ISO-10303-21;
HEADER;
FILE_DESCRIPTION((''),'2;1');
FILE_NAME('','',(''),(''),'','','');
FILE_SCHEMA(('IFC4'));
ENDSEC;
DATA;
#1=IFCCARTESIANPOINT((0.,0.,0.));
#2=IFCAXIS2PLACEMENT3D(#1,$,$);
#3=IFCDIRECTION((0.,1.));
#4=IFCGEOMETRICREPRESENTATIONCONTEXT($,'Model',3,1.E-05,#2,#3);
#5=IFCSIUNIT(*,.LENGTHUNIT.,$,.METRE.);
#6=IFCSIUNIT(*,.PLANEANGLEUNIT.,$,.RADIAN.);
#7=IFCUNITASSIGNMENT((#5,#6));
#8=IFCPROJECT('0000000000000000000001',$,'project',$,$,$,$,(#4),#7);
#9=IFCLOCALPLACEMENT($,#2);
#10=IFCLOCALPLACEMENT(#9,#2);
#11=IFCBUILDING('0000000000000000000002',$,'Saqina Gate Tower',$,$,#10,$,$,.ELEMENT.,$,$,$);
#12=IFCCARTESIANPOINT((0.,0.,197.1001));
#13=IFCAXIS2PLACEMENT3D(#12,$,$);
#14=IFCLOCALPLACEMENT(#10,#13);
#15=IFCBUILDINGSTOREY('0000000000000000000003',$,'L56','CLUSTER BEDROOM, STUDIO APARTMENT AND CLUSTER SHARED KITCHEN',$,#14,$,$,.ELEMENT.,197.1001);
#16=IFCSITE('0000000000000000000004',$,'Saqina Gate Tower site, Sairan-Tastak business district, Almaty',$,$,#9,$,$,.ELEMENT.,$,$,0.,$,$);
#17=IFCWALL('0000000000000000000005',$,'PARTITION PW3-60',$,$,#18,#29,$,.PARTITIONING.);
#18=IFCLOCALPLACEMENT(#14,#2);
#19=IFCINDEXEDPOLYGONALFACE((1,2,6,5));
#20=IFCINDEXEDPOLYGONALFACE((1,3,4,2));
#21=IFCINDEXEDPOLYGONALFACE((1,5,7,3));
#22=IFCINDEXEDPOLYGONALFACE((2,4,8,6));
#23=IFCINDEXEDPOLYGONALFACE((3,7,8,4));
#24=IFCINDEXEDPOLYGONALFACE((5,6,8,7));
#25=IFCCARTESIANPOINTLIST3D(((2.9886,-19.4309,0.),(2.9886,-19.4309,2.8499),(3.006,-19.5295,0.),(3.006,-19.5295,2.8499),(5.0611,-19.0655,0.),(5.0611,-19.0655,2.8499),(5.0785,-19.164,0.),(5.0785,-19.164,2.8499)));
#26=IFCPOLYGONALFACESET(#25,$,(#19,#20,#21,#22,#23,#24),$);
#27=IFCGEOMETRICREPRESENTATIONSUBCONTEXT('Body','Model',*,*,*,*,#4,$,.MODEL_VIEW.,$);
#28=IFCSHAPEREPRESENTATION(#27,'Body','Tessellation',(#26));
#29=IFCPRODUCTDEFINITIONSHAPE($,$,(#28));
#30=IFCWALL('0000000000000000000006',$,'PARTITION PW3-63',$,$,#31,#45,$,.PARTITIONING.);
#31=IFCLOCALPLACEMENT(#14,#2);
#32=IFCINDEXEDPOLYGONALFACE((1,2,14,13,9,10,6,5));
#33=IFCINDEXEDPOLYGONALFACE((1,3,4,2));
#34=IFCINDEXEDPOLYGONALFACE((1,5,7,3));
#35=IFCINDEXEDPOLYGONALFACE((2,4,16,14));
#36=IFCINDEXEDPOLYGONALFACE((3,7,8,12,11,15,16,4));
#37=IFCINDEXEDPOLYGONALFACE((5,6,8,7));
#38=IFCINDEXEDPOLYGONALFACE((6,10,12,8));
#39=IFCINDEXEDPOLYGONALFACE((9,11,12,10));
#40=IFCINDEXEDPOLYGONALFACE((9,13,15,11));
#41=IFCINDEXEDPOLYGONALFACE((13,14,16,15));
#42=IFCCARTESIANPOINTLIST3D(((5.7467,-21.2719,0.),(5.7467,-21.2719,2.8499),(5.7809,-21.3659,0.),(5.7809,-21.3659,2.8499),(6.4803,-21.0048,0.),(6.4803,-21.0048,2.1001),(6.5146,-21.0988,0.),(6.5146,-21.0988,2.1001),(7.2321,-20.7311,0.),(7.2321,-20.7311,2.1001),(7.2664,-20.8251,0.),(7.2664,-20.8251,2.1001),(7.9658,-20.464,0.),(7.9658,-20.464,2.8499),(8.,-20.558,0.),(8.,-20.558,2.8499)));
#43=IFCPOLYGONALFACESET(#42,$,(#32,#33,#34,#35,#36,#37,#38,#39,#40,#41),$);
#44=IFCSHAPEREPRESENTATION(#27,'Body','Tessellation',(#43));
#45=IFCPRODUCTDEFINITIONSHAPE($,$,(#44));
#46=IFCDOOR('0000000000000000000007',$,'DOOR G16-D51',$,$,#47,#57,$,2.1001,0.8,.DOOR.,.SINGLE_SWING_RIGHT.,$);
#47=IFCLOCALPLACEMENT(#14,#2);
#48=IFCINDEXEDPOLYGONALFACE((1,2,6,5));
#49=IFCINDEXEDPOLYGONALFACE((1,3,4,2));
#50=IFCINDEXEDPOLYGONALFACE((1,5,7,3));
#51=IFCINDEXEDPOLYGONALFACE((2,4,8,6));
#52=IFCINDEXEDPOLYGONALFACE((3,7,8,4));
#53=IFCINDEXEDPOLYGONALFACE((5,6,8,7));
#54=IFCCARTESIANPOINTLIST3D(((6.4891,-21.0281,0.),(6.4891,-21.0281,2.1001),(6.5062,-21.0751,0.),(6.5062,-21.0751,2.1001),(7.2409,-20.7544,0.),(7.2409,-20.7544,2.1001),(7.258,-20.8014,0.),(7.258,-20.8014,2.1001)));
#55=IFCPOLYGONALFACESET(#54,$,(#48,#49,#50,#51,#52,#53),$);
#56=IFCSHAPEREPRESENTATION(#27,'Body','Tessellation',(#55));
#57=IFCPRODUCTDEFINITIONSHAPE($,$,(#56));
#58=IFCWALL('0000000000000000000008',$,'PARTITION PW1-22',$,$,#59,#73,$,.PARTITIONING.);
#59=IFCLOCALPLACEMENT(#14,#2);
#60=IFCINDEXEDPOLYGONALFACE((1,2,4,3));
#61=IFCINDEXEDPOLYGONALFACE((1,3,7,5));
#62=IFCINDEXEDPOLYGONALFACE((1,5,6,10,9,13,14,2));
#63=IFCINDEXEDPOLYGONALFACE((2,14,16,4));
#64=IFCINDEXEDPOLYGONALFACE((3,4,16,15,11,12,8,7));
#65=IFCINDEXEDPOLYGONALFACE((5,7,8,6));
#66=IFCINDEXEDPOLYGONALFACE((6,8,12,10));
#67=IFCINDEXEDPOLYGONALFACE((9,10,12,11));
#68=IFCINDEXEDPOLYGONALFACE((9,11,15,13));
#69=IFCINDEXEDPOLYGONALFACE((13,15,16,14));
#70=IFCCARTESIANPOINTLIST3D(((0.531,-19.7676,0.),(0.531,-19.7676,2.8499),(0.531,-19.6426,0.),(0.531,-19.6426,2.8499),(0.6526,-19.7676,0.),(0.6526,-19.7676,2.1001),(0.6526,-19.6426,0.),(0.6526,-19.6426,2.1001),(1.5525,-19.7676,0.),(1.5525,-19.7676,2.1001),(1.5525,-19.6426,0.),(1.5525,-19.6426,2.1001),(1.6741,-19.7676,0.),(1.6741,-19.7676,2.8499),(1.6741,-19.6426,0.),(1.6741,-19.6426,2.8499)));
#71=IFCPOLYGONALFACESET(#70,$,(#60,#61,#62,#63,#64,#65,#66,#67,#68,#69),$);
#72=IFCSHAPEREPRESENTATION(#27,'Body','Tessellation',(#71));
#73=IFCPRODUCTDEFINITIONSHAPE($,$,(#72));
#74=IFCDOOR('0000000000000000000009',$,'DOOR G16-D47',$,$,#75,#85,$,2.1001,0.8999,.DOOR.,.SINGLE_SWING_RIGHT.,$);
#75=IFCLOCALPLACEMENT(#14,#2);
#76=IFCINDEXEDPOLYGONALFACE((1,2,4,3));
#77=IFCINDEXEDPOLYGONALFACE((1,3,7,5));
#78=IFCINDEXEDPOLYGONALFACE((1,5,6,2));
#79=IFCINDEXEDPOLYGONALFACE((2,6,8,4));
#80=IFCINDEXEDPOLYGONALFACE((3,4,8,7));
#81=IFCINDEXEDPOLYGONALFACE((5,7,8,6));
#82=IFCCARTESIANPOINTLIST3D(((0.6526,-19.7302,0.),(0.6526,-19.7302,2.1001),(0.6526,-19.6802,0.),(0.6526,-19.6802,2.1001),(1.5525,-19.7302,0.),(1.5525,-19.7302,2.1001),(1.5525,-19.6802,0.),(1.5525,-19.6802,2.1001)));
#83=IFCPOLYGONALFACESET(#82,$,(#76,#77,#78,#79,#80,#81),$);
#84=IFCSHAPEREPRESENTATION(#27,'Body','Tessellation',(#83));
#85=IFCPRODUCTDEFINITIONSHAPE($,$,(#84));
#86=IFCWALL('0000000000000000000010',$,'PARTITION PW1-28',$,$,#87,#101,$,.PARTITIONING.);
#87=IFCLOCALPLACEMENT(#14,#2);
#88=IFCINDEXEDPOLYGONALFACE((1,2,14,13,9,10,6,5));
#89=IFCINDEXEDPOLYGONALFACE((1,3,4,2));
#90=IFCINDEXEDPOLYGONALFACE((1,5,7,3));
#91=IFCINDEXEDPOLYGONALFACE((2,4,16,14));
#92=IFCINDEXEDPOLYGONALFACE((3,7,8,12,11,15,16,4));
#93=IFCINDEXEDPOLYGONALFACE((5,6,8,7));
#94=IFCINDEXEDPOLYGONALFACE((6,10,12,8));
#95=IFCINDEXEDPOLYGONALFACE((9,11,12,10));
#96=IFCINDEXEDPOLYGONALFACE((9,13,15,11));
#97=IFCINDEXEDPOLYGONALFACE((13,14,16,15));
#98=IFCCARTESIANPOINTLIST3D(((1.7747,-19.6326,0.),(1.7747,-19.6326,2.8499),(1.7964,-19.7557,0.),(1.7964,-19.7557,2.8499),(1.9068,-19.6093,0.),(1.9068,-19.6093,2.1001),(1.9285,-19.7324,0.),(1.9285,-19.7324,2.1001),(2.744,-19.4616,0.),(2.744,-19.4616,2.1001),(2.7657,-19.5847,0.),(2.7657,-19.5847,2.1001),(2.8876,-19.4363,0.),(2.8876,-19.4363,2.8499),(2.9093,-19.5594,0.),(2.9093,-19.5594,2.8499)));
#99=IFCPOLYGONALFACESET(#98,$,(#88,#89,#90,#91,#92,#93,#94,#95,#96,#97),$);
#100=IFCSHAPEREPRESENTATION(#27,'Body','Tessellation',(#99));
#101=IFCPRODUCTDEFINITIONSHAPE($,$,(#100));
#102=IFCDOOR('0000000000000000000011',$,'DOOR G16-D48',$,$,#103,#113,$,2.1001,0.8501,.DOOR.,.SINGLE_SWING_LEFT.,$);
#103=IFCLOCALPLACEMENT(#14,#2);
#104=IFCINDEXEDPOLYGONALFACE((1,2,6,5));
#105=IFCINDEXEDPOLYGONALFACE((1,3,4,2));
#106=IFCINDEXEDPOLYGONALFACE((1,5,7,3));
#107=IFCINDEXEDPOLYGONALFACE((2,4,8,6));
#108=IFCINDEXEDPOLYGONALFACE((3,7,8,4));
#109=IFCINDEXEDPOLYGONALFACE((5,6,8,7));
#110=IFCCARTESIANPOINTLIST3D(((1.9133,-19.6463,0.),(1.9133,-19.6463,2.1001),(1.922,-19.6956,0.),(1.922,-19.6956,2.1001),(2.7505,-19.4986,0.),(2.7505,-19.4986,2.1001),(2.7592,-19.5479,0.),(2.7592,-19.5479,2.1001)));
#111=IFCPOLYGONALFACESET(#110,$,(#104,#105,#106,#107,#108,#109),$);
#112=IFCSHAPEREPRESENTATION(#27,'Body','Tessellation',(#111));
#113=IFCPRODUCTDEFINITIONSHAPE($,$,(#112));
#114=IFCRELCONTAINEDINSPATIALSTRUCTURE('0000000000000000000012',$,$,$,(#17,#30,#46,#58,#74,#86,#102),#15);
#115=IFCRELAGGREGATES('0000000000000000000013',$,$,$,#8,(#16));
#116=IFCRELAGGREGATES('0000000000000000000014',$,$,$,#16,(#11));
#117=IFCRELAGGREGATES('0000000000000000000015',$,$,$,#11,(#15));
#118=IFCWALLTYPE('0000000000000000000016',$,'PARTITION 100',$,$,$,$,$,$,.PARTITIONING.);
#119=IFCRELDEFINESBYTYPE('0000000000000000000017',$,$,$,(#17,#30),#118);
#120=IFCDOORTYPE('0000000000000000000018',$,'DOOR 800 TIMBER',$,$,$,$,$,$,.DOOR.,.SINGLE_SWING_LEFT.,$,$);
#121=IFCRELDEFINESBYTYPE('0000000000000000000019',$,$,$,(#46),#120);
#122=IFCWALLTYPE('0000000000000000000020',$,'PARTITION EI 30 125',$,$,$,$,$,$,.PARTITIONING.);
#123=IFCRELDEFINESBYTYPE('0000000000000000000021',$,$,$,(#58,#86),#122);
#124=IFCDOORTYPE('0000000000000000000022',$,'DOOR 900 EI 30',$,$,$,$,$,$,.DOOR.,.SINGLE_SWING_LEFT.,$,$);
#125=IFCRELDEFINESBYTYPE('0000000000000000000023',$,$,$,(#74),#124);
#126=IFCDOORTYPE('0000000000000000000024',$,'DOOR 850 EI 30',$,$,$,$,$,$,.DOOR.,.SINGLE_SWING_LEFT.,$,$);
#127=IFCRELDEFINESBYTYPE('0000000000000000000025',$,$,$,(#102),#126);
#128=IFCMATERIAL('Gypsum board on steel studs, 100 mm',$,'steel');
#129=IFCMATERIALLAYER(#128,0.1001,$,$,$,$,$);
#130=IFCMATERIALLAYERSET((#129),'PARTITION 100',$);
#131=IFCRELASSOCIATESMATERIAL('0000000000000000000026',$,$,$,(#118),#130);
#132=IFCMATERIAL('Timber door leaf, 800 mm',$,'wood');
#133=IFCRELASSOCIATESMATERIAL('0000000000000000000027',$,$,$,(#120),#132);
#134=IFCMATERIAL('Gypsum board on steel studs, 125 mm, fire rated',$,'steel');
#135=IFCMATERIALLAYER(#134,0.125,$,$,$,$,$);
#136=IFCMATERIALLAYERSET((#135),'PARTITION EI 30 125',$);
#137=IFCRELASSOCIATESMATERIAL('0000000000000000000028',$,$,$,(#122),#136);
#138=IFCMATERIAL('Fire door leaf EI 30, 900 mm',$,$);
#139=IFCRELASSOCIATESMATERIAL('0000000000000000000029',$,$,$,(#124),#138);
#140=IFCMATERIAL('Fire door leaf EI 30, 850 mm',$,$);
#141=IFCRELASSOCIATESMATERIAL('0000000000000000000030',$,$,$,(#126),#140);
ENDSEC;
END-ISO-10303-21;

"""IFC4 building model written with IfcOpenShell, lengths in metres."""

from ifc_helpers import new_model, si_unit, direction, frame, frame_2d, origin, place, context, subcontext, project, spatial, rectangle, extrude, material, layer, layer_set, type_object, element, fill, save


model = new_model("IFC4")

# Units and contexts
model_context = context("Model", 3, precision=1e-05, world=origin(), true_north=direction((0.0, 1.0)))
body_context = subcontext(model_context, "Body", "Model", "MODEL_VIEW")
ifc_project = project(units=[si_unit("LENGTHUNIT", "METRE"), si_unit("PLANEANGLEUNIT", "RADIAN")], contexts=[model_context])

# Site, building, storey
site_placement = place(None, origin())
site = spatial("IfcSite", under=ifc_project, at=site_placement, Name="Saqina Gate Tower site, Sairan-Tastak business district, Almaty", CompositionType="ELEMENT", RefElevation=0.0)
building_placement = place(site_placement, origin())
building = spatial("IfcBuilding", under=site, at=building_placement, Name="Saqina Gate Tower", CompositionType="ELEMENT")
storey_placement = place(building_placement, frame((0.0, 0.0, 197.1001)))
storey = spatial("IfcBuildingStorey", under=building, at=storey_placement, Name="L56", Description="CLUSTER BEDROOM, STUDIO APARTMENT AND CLUSTER SHARED KITCHEN", CompositionType="ELEMENT", Elevation=197.1001)

# Shared definitions
ifc_material_1 = material(Name="Gypsum board on steel studs, 100 mm", Category="steel")
ifc_layer_1 = layer(ifc_material_1, 0.1001)
ifc_layer_set_1 = layer_set([ifc_layer_1], Name="PARTITION 100")
wall_type_1 = type_object("IfcWallType", Name="PARTITION 100", PredefinedType="PARTITIONING", material=ifc_layer_set_1)

# Shared definitions
ifc_material_2 = material(Name="Timber door leaf, 800 mm", Category="wood")
door_type_1 = type_object("IfcDoorType", Name="DOOR 800 TIMBER", OperationType="SINGLE_SWING_LEFT", PredefinedType="DOOR", material=ifc_material_2)

# Wall
wall_1_placement = place(storey_placement, frame((2.9973, -19.4802, 0.0), z_axis=(0.0, 0.0, 1.0), x_axis=(0.984805, 0.173666, 0.0)))
element("IfcWall", 1, at=wall_1_placement, inside=storey, type_object=wall_type_1, Name="PARTITION PW3-60", PredefinedType="PARTITIONING", context=body_context, shape_type="SweptSolid", body=[
    extrude(rectangle(XDim=2.1045, YDim=0.1001, at=frame_2d((1.0522, 0.0))), origin(), (0.0, 0.0, 1.0), 2.8499),
])

# Walls, openings, doors
wall_2_placement = place(storey_placement, frame((5.7639, -21.3188, 0.0), z_axis=(0.0, 0.0, 1.0), x_axis=(0.939664, 0.3421, 0.0)))
wall_2 = element("IfcWall", 2, at=wall_2_placement, inside=storey, type_object=wall_type_1, Name="PARTITION PW3-63", PredefinedType="PARTITIONING", context=body_context, shape_type="SweptSolid", body=[
    extrude(rectangle(XDim=2.3616, YDim=0.1001, at=frame_2d((1.1807, 0.0))), origin(), (0.0, 0.0, 1.0), 2.8499),
])
opening_1_placement = place(wall_2_placement, frame((0.7808, 0.0, 0.0)))
opening_1 = element("IfcOpeningElement", 3, at=opening_1_placement, cuts=wall_2, PredefinedType="OPENING", context=body_context, shape_type="SweptSolid", body=[
    extrude(rectangle(XDim=0.8, YDim=2.1001, at=frame_2d((0.3999, 1.05))), frame((0.0, 0.062, 0.0), z_axis=(0.0, -1.0, 0.0), x_axis=(1.0, 0.0, 0.0)), (0.0, 0.0, 1.0), 0.124),
])
door_1_placement = place(opening_1_placement, frame((0.8, 0.0, 0.0), z_axis=(0.0, 0.0, 1.0), x_axis=(-1.0, 0.0, 0.0)))
door_1 = element("IfcDoor", 4, at=door_1_placement, inside=storey, type_object=door_type_1, Name="DOOR G16-D51", OperationType="SINGLE_SWING_RIGHT", OverallHeight=2.1001, OverallWidth=0.8, PredefinedType="DOOR", context=body_context, shape_type="SweptSolid", body=[
    extrude(rectangle(XDim=0.8, YDim=2.1001, at=frame_2d((0.3999, 1.05))), frame((0.0, 0.0249, 0.0), z_axis=(0.0, -1.0, 0.0), x_axis=(1.0, 0.0, 0.0)), (0.0, 0.0, 1.0), 0.05),
])
fill(opening_1, door_1)
ifc_material_3 = material(Name="Gypsum board on steel studs, 125 mm, fire rated", Category="steel")
ifc_layer_2 = layer(ifc_material_3, 0.125)
ifc_layer_set_2 = layer_set([ifc_layer_2], Name="PARTITION EI 30 125")
wall_type_2 = type_object("IfcWallType", Name="PARTITION EI 30 125", PredefinedType="PARTITIONING", material=ifc_layer_set_2)
wall_3_placement = place(storey_placement, frame((0.531, -19.7051, 0.0), z_axis=(0.0, 0.0, 1.0), x_axis=(1.0, 0.0, 0.0)))
wall_3 = element("IfcWall", 5, at=wall_3_placement, inside=storey, type_object=wall_type_2, Name="PARTITION PW1-22", PredefinedType="PARTITIONING", context=body_context, shape_type="SweptSolid", body=[
    extrude(rectangle(XDim=1.1431, YDim=0.125, at=frame_2d((0.5715, 0.0))), origin(), (0.0, 0.0, 1.0), 2.8499),
])
opening_2_placement = place(wall_3_placement, frame((0.1216, 0.0, 0.0)))
opening_2 = element("IfcOpeningElement", 6, at=opening_2_placement, cuts=wall_3, PredefinedType="OPENING", context=body_context, shape_type="SweptSolid", body=[
    extrude(rectangle(XDim=0.8999, YDim=2.1001, at=frame_2d((0.45, 1.05))), frame((0.0, 0.0745, 0.0), z_axis=(0.0, -1.0, 0.0), x_axis=(1.0, 0.0, 0.0)), (0.0, 0.0, 1.0), 0.1489),
])
ifc_material_4 = material(Name="Fire door leaf EI 30, 900 mm")
door_type_2 = type_object("IfcDoorType", Name="DOOR 900 EI 30", OperationType="SINGLE_SWING_LEFT", PredefinedType="DOOR", material=ifc_material_4)
door_2_placement = place(opening_2_placement, origin())
door_2 = element("IfcDoor", 7, at=door_2_placement, inside=storey, type_object=door_type_2, Name="DOOR G16-D47", OperationType="SINGLE_SWING_RIGHT", OverallHeight=2.1001, OverallWidth=0.8999, PredefinedType="DOOR", context=body_context, shape_type="SweptSolid", body=[
    extrude(rectangle(XDim=0.8999, YDim=2.1001, at=frame_2d((0.45, 1.05))), frame((0.0, 0.0249, 0.0), z_axis=(0.0, -1.0, 0.0), x_axis=(1.0, 0.0, 0.0)), (0.0, 0.0, 1.0), 0.05),
])
fill(opening_2, door_2)
wall_4_placement = place(storey_placement, frame((1.7856, -19.6941, 0.0), z_axis=(0.0, 0.0, 1.0), x_axis=(0.984803, 0.173674, 0.0)))
wall_4 = element("IfcWall", 8, at=wall_4_placement, inside=storey, type_object=wall_type_2, Name="PARTITION PW1-28", PredefinedType="PARTITIONING", context=body_context, shape_type="SweptSolid", body=[
    extrude(rectangle(XDim=1.1301, YDim=0.125, at=frame_2d((0.5649, 0.0))), origin(), (0.0, 0.0, 1.0), 2.8499),
])
opening_3_placement = place(wall_4_placement, frame((0.134, 0.0, 0.0)))
opening_3 = element("IfcOpeningElement", 9, at=opening_3_placement, cuts=wall_4, PredefinedType="OPENING", context=body_context, shape_type="SweptSolid", body=[
    extrude(rectangle(XDim=0.8501, YDim=2.1001, at=frame_2d((0.425, 1.05))), frame((0.0, 0.0745, 0.0), z_axis=(0.0, -1.0, 0.0), x_axis=(1.0, 0.0, 0.0)), (0.0, 0.0, 1.0), 0.1489),
])
ifc_material_5 = material(Name="Fire door leaf EI 30, 850 mm")
door_type_3 = type_object("IfcDoorType", Name="DOOR 850 EI 30", OperationType="SINGLE_SWING_LEFT", PredefinedType="DOOR", material=ifc_material_5)
door_3_placement = place(opening_3_placement, origin())
door_3 = element("IfcDoor", 10, at=door_3_placement, inside=storey, type_object=door_type_3, Name="DOOR G16-D48", OperationType="SINGLE_SWING_LEFT", OverallHeight=2.1001, OverallWidth=0.8501, PredefinedType="DOOR", context=body_context, shape_type="SweptSolid", body=[
    extrude(rectangle(XDim=0.8501, YDim=2.1001, at=frame_2d((0.425, 1.05))), frame((0.0, 0.0249, 0.0), z_axis=(0.0, -1.0, 0.0), x_axis=(1.0, 0.0, 0.0)), (0.0, 0.0, 1.0), 0.05),
])
fill(opening_3, door_3)

save(model, "model.ifc")
